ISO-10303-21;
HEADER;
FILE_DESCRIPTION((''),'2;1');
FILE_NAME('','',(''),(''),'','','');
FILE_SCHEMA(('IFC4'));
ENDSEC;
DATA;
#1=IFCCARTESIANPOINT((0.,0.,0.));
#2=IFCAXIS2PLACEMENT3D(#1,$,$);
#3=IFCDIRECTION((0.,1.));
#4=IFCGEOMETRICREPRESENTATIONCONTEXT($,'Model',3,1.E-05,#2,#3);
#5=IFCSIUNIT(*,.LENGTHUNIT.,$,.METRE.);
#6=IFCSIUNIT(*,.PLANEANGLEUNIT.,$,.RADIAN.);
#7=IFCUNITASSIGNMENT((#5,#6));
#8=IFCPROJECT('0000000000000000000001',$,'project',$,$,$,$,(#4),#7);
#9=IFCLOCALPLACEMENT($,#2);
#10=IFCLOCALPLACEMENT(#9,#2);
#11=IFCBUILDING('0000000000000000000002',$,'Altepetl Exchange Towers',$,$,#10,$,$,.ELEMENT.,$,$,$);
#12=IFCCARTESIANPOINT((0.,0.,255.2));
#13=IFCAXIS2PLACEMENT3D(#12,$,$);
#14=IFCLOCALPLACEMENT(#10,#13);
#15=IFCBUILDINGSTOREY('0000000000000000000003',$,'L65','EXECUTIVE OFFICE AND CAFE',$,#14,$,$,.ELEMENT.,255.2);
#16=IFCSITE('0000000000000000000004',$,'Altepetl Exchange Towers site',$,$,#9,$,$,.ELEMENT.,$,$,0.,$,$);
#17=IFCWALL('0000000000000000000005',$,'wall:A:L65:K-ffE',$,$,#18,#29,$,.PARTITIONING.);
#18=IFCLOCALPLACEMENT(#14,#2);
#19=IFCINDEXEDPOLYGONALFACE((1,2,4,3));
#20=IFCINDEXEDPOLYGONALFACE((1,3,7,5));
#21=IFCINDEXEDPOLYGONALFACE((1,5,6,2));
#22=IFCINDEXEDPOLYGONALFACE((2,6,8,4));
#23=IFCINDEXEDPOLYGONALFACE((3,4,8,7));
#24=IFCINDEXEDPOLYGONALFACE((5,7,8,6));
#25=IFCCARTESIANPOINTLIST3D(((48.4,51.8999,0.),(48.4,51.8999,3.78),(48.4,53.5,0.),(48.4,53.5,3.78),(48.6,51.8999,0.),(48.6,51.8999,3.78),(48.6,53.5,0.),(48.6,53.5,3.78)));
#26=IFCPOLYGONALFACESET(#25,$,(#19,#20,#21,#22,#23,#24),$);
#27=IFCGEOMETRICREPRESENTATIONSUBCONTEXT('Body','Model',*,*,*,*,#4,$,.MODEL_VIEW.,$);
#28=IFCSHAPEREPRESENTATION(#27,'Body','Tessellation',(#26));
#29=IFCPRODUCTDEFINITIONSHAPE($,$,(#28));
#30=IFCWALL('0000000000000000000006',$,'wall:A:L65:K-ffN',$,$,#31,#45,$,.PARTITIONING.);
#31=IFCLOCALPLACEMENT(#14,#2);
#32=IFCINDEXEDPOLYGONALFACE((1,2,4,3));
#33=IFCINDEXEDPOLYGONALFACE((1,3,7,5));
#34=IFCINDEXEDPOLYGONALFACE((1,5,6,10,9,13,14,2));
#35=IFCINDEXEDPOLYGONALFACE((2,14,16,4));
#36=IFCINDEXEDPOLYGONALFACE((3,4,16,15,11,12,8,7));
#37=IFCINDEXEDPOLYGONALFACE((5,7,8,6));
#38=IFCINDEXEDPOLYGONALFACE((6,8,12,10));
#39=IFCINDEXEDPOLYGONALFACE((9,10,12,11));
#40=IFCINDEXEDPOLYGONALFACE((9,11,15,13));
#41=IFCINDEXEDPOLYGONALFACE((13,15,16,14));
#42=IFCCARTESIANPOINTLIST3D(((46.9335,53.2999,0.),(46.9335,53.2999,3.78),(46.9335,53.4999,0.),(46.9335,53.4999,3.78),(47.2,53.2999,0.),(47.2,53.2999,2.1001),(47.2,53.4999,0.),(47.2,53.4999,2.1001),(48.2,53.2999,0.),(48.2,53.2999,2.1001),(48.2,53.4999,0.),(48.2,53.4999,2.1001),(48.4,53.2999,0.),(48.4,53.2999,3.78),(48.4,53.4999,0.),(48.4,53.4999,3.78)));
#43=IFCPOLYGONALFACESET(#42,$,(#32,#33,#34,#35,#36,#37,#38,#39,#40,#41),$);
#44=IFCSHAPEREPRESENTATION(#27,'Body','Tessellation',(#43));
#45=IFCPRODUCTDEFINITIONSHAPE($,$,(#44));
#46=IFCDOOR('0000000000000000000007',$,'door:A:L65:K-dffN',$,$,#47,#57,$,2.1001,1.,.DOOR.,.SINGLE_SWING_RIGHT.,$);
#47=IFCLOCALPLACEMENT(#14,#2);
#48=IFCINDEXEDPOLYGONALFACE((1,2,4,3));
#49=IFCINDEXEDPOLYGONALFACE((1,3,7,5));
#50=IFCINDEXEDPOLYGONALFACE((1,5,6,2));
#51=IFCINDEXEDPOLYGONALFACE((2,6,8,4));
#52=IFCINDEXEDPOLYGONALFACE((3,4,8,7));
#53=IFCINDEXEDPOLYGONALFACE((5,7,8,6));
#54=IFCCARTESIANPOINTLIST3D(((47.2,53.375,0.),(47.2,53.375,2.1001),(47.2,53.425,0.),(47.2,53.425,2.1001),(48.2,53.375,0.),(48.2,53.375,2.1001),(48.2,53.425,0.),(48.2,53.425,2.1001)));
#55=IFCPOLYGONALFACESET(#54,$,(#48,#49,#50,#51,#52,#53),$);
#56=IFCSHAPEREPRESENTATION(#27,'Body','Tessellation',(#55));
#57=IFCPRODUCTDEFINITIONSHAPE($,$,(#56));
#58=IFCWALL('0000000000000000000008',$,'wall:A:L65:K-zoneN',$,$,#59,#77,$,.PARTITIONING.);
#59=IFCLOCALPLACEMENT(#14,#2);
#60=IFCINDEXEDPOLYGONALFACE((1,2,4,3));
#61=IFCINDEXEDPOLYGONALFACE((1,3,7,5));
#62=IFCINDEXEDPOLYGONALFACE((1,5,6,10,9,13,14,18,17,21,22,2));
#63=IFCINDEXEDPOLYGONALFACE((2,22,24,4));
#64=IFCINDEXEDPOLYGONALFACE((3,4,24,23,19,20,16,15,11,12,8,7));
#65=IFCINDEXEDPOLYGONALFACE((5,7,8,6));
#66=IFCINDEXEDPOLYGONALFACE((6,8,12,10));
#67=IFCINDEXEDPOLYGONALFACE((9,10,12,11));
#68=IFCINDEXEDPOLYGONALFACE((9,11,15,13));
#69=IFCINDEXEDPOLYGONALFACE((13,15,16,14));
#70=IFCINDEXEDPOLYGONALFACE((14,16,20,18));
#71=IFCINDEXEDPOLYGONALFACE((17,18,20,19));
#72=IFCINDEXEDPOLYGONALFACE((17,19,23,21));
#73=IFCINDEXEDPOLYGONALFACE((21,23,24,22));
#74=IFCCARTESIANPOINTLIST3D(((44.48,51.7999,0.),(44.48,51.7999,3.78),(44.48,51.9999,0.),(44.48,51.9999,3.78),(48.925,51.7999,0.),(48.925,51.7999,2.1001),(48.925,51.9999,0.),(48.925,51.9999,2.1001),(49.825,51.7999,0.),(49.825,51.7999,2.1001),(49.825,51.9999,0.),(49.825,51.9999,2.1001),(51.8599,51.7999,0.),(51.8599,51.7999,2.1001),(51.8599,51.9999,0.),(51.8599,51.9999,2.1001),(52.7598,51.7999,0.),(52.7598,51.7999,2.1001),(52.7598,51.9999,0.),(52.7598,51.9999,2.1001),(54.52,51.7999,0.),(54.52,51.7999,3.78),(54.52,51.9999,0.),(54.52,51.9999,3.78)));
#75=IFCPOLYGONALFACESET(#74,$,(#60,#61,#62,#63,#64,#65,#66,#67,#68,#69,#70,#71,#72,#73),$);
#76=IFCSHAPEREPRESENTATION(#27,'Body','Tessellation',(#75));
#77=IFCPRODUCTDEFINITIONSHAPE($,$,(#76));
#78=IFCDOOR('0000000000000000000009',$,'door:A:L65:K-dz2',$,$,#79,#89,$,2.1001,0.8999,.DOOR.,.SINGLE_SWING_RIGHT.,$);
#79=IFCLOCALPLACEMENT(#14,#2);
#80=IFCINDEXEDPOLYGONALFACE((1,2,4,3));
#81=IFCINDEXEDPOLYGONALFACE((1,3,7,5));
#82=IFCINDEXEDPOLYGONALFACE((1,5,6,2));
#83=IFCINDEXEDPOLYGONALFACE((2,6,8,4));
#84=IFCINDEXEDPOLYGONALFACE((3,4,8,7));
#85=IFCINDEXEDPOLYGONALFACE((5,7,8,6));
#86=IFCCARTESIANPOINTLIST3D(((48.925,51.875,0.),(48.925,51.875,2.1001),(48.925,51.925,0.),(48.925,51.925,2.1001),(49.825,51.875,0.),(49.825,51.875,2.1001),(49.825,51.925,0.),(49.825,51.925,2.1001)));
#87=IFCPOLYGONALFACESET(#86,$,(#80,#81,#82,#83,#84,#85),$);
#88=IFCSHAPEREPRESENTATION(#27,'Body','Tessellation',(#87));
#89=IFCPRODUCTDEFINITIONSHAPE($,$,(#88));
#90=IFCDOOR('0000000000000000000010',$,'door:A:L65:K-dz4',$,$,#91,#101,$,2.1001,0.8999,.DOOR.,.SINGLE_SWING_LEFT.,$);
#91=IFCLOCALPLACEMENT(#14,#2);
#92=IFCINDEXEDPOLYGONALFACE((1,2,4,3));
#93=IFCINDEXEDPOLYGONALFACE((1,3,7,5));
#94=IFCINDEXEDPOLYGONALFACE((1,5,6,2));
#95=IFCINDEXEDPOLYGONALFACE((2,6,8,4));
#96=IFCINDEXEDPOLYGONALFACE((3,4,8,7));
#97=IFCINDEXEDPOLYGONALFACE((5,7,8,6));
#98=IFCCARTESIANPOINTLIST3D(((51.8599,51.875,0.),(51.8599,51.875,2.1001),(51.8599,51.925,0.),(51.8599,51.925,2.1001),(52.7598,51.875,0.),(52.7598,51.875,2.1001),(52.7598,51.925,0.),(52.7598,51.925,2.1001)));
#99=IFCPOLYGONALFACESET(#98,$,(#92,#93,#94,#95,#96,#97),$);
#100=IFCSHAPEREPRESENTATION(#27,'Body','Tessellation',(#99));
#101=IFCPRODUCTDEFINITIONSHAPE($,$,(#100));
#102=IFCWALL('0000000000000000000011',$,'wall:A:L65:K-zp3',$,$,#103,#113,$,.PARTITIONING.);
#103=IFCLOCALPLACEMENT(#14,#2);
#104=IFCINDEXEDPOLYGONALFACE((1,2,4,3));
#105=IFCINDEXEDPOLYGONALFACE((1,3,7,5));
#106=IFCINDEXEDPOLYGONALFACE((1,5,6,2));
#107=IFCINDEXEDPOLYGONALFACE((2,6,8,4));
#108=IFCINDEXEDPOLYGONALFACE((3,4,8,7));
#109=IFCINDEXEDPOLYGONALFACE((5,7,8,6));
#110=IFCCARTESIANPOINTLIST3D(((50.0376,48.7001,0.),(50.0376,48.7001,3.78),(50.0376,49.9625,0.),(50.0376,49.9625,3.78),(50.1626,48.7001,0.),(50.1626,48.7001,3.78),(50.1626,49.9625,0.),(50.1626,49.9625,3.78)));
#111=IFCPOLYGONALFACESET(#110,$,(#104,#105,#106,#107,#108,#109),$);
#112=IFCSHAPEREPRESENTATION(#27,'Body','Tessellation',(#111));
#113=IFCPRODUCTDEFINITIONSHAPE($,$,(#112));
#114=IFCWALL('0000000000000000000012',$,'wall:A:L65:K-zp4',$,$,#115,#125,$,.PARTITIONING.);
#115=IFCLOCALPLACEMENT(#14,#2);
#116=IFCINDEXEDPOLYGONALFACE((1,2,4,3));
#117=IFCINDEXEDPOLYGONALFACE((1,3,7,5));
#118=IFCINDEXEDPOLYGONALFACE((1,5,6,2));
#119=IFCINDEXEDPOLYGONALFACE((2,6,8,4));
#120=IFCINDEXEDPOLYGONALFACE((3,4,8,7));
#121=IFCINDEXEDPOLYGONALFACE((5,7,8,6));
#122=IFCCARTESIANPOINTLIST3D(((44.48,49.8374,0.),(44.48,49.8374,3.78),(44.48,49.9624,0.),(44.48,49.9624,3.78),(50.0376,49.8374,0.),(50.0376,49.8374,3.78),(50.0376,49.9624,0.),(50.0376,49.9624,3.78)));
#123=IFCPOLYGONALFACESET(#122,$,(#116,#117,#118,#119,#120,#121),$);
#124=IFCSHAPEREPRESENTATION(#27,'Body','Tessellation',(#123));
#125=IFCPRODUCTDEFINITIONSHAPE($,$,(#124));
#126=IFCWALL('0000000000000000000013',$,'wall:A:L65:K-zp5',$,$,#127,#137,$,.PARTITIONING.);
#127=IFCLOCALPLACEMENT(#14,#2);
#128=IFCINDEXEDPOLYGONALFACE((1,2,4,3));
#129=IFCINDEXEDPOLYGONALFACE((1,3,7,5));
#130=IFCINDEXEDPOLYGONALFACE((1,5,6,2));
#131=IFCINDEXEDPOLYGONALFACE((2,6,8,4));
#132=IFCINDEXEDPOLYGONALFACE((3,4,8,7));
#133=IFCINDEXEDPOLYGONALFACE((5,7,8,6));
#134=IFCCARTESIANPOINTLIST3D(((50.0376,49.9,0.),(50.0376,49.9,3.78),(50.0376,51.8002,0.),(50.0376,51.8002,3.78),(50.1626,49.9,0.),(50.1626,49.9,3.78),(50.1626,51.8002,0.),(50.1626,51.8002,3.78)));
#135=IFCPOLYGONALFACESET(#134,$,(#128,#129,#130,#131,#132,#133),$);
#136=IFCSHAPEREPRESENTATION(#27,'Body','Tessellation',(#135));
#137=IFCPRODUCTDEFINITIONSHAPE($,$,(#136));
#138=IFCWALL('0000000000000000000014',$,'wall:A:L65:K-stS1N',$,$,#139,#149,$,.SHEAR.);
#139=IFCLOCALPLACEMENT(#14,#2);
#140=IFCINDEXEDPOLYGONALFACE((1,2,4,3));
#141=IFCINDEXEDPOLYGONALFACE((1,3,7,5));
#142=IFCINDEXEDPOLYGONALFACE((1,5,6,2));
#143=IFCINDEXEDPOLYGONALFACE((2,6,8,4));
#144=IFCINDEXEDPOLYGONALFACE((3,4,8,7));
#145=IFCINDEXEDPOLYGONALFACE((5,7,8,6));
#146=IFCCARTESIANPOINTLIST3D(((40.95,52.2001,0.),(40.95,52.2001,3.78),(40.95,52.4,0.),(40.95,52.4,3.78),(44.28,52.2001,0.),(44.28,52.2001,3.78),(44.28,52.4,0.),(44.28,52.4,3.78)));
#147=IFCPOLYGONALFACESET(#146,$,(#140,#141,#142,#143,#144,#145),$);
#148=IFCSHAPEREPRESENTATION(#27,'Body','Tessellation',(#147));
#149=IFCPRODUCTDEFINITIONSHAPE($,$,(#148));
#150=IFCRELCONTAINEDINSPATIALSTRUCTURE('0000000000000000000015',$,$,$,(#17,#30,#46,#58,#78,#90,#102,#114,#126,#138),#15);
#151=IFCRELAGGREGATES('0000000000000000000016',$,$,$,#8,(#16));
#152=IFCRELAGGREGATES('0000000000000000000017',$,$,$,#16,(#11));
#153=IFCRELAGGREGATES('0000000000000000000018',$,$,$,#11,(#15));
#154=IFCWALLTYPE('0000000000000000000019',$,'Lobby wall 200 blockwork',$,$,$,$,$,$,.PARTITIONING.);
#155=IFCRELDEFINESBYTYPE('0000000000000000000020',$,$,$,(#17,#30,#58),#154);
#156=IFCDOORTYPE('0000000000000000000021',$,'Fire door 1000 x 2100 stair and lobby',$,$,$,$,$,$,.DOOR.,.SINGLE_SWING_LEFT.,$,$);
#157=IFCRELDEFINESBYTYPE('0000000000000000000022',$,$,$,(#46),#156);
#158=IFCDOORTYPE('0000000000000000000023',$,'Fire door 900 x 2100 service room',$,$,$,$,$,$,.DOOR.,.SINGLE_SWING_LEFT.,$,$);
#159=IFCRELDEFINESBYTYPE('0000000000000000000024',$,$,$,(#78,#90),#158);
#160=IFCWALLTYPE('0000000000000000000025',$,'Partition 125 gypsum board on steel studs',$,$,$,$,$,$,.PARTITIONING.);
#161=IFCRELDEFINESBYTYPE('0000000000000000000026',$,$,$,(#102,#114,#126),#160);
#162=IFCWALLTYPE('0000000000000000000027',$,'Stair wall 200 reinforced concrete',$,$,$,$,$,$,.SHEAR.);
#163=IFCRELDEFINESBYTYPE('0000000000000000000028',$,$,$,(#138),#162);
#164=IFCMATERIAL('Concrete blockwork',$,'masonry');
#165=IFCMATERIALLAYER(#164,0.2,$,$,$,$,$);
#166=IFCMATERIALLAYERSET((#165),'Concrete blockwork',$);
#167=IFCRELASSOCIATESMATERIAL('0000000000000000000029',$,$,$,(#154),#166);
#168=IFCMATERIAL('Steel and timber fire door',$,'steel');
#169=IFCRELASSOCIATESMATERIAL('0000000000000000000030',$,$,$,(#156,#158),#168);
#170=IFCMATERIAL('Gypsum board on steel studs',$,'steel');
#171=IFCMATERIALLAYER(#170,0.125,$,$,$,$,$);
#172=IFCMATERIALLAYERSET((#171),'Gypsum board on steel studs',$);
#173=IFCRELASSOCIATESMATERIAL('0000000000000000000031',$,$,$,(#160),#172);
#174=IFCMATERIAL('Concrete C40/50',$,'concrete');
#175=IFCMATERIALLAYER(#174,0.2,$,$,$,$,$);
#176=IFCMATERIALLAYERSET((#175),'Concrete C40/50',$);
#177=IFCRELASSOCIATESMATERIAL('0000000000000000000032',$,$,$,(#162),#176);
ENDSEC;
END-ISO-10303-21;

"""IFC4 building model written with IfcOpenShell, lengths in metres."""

from ifc_helpers import new_model, si_unit, direction, frame, frame_2d, origin, place, context, subcontext, project, spatial, rectangle, extrude, material, layer, layer_set, type_object, element, fill, save


model = new_model("IFC4")

# Units and contexts
model_context = context("Model", 3, precision=1e-05, world=origin(), true_north=direction((0.0, 1.0)))
body_context = subcontext(model_context, "Body", "Model", "MODEL_VIEW")
ifc_project = project(units=[si_unit("LENGTHUNIT", "METRE"), si_unit("PLANEANGLEUNIT", "RADIAN")], contexts=[model_context])

# Site, building, storey
site_placement = place(None, origin())
site = spatial("IfcSite", under=ifc_project, at=site_placement, Name="Altepetl Exchange Towers site", CompositionType="ELEMENT", RefElevation=0.0)
building_placement = place(site_placement, origin())
building = spatial("IfcBuilding", under=site, at=building_placement, Name="Altepetl Exchange Towers", CompositionType="ELEMENT")
storey_placement = place(building_placement, frame((0.0, 0.0, 255.2)))
storey = spatial("IfcBuildingStorey", under=building, at=storey_placement, Name="L65", Description="EXECUTIVE OFFICE AND CAFE", CompositionType="ELEMENT", Elevation=255.2)

# Wall
ifc_material_1 = material(Name="Concrete blockwork", Category="masonry")
ifc_layer_1 = layer(ifc_material_1, 0.2)
ifc_layer_set_1 = layer_set([ifc_layer_1], Name="Concrete blockwork")
wall_type_1 = type_object("IfcWallType", Name="Lobby wall 200 blockwork", PredefinedType="PARTITIONING", material=ifc_layer_set_1)
wall_1_placement = place(storey_placement, frame((48.5, 51.8999, 0.0), z_axis=(0.0, 0.0, 1.0), x_axis=(0.0, 1.0, 0.0)))
element("IfcWall", 1, at=wall_1_placement, inside=storey, type_object=wall_type_1, Name="wall:A:L65:K-ffE", PredefinedType="PARTITIONING", context=body_context, shape_type="SweptSolid", body=[
    extrude(rectangle(XDim=1.6001, YDim=0.2, at=frame_2d((0.8, 0.0))), origin(), (0.0, 0.0, 1.0), 3.78),
])

# Wall, opening, door
wall_2_placement = place(storey_placement, frame((46.9333, 53.3999, 0.0)))
wall_2 = element("IfcWall", 2, at=wall_2_placement, inside=storey, type_object=wall_type_1, Name="wall:A:L65:K-ffN", PredefinedType="PARTITIONING", context=body_context, shape_type="SweptSolid", body=[
    extrude(rectangle(XDim=1.4666, YDim=0.2, at=frame_2d((0.7334, 0.0))), origin(), (0.0, 0.0, 1.0), 3.78),
])
opening_1_placement = place(wall_2_placement, frame((0.2666, 0.0, 0.0)))
opening_1 = element("IfcOpeningElement", 3, at=opening_1_placement, cuts=wall_2, PredefinedType="OPENING", context=body_context, shape_type="SweptSolid", body=[
    extrude(rectangle(XDim=1.0, YDim=2.1001, at=frame_2d((0.5, 1.05))), frame((0.0, 0.1099, 0.0), z_axis=(0.0, -1.0, 0.0), x_axis=(1.0, 0.0, 0.0)), (0.0, 0.0, 1.0), 0.22),
])
ifc_material_2 = material(Name="Steel and timber fire door", Category="steel")
door_type_1 = type_object("IfcDoorType", Name="Fire door 1000 x 2100 stair and lobby", OperationType="SINGLE_SWING_LEFT", PredefinedType="DOOR", material=ifc_material_2)
door_1_placement = place(opening_1_placement, frame((1.0, 0.0, 0.0), x_axis=(-1.0, 0.0, 0.0)))
door_1 = element("IfcDoor", 4, at=door_1_placement, inside=storey, type_object=door_type_1, Name="door:A:L65:K-dffN", OperationType="SINGLE_SWING_RIGHT", OverallHeight=2.1001, OverallWidth=1.0, PredefinedType="DOOR", context=body_context, shape_type="SweptSolid", body=[
    extrude(rectangle(XDim=1.0, YDim=2.1001, at=frame_2d((0.5, 1.05))), frame((0.0, 0.0249, 0.0), z_axis=(0.0, -1.0, 0.0), x_axis=(1.0, 0.0, 0.0)), (0.0, 0.0, 1.0), 0.05),
])
fill(opening_1, door_1)

# Wall, openings, doors
wall_3_placement = place(storey_placement, frame((44.48, 51.8999, 0.0)))
wall_3 = element("IfcWall", 5, at=wall_3_placement, inside=storey, type_object=wall_type_1, Name="wall:A:L65:K-zoneN", PredefinedType="PARTITIONING", context=body_context, shape_type="SweptSolid", body=[
    extrude(rectangle(XDim=10.04, YDim=0.2, at=frame_2d((5.02, 0.0))), origin(), (0.0, 0.0, 1.0), 3.78),
])
opening_2_placement = place(wall_3_placement, frame((4.4451, 0.0, 0.0)))
opening_2 = element("IfcOpeningElement", 6, at=opening_2_placement, cuts=wall_3, PredefinedType="OPENING", context=body_context, shape_type="SweptSolid", body=[
    extrude(rectangle(XDim=0.8999, YDim=2.1001, at=frame_2d((0.45, 1.05))), frame((0.0, 0.1099, 0.0), z_axis=(0.0, -1.0, 0.0), x_axis=(1.0, 0.0, 0.0)), (0.0, 0.0, 1.0), 0.22),
])
opening_3_placement = place(wall_3_placement, frame((7.3799, 0.0, 0.0)))
opening_3 = element("IfcOpeningElement", 7, at=opening_3_placement, cuts=wall_3, PredefinedType="OPENING", context=body_context, shape_type="SweptSolid", body=[
    extrude(rectangle(XDim=0.8999, YDim=2.1001, at=frame_2d((0.45, 1.05))), frame((0.0, 0.1099, 0.0), z_axis=(0.0, -1.0, 0.0), x_axis=(1.0, 0.0, 0.0)), (0.0, 0.0, 1.0), 0.22),
])
door_type_2 = type_object("IfcDoorType", Name="Fire door 900 x 2100 service room", OperationType="SINGLE_SWING_LEFT", PredefinedType="DOOR", material=ifc_material_2)
door_2_placement = place(opening_2_placement, frame((0.8999, 0.0, 0.0), x_axis=(-1.0, 0.0, 0.0)))
door_2 = element("IfcDoor", 8, at=door_2_placement, inside=storey, type_object=door_type_2, Name="door:A:L65:K-dz2", OperationType="SINGLE_SWING_RIGHT", OverallHeight=2.1001, OverallWidth=0.8999, PredefinedType="DOOR", context=body_context, shape_type="SweptSolid", body=[
    extrude(rectangle(XDim=0.8999, YDim=2.1001, at=frame_2d((0.45, 1.05))), frame((0.0, 0.0249, 0.0), z_axis=(0.0, -1.0, 0.0), x_axis=(1.0, 0.0, 0.0)), (0.0, 0.0, 1.0), 0.05),
])
fill(opening_2, door_2)
door_3_placement = place(opening_3_placement, frame((0.8999, 0.0, 0.0), x_axis=(-1.0, 0.0, 0.0)))
door_3 = element("IfcDoor", 9, at=door_3_placement, inside=storey, type_object=door_type_2, Name="door:A:L65:K-dz4", OperationType="SINGLE_SWING_LEFT", OverallHeight=2.1001, OverallWidth=0.8999, PredefinedType="DOOR", context=body_context, shape_type="SweptSolid", body=[
    extrude(rectangle(XDim=0.8999, YDim=2.1001, at=frame_2d((0.45, 1.05))), frame((0.0, 0.0249, 0.0), z_axis=(0.0, -1.0, 0.0), x_axis=(1.0, 0.0, 0.0)), (0.0, 0.0, 1.0), 0.05),
])
fill(opening_3, door_3)

# Walls
ifc_material_3 = material(Name="Gypsum board on steel studs", Category="steel")
ifc_layer_2 = layer(ifc_material_3, 0.125)
ifc_layer_set_2 = layer_set([ifc_layer_2], Name="Gypsum board on steel studs")
wall_type_2 = type_object("IfcWallType", Name="Partition 125 gypsum board on steel studs", PredefinedType="PARTITIONING", material=ifc_layer_set_2)
wall_4_placement = place(storey_placement, frame((50.1001, 48.7, 0.0), z_axis=(0.0, 0.0, 1.0), x_axis=(0.0, 1.0, 0.0)))
element("IfcWall", 10, at=wall_4_placement, inside=storey, type_object=wall_type_2, Name="wall:A:L65:K-zp3", PredefinedType="PARTITIONING", context=body_context, shape_type="SweptSolid", body=[
    extrude(rectangle(XDim=1.2625, YDim=0.125, at=frame_2d((0.6313, 0.0))), origin(), (0.0, 0.0, 1.0), 3.78),
])
wall_5_placement = place(storey_placement, frame((50.0376, 49.8999, 0.0), z_axis=(0.0, 0.0, 1.0), x_axis=(-1.0, 0.0, 0.0)))
element("IfcWall", 11, at=wall_5_placement, inside=storey, type_object=wall_type_2, Name="wall:A:L65:K-zp4", PredefinedType="PARTITIONING", context=body_context, shape_type="SweptSolid", body=[
    extrude(rectangle(XDim=5.5576, YDim=0.125, at=frame_2d((2.7788, 0.0))), origin(), (0.0, 0.0, 1.0), 3.78),
])
wall_6_placement = place(storey_placement, frame((50.1001, 49.8999, 0.0), z_axis=(0.0, 0.0, 1.0), x_axis=(0.0, 1.0, 0.0)))
element("IfcWall", 12, at=wall_6_placement, inside=storey, type_object=wall_type_2, Name="wall:A:L65:K-zp5", PredefinedType="PARTITIONING", context=body_context, shape_type="SweptSolid", body=[
    extrude(rectangle(XDim=1.9001, YDim=0.125, at=frame_2d((0.9502, 0.0))), origin(), (0.0, 0.0, 1.0), 3.78),
])
ifc_material_4 = material(Name="Concrete C40/50", Category="concrete")
ifc_layer_3 = layer(ifc_material_4, 0.2)
ifc_layer_set_3 = layer_set([ifc_layer_3], Name="Concrete C40/50")
wall_type_3 = type_object("IfcWallType", Name="Stair wall 200 reinforced concrete", PredefinedType="SHEAR", material=ifc_layer_set_3)
wall_7_placement = place(storey_placement, frame((40.95, 52.3, 0.0)))
element("IfcWall", 13, at=wall_7_placement, inside=storey, type_object=wall_type_3, Name="wall:A:L65:K-stS1N", PredefinedType="SHEAR", context=body_context, shape_type="SweptSolid", body=[
    extrude(rectangle(XDim=3.3301, YDim=0.2, at=frame_2d((1.665, 0.0))), origin(), (0.0, 0.0, 1.0), 3.78),
])

save(model, "model.ifc")
